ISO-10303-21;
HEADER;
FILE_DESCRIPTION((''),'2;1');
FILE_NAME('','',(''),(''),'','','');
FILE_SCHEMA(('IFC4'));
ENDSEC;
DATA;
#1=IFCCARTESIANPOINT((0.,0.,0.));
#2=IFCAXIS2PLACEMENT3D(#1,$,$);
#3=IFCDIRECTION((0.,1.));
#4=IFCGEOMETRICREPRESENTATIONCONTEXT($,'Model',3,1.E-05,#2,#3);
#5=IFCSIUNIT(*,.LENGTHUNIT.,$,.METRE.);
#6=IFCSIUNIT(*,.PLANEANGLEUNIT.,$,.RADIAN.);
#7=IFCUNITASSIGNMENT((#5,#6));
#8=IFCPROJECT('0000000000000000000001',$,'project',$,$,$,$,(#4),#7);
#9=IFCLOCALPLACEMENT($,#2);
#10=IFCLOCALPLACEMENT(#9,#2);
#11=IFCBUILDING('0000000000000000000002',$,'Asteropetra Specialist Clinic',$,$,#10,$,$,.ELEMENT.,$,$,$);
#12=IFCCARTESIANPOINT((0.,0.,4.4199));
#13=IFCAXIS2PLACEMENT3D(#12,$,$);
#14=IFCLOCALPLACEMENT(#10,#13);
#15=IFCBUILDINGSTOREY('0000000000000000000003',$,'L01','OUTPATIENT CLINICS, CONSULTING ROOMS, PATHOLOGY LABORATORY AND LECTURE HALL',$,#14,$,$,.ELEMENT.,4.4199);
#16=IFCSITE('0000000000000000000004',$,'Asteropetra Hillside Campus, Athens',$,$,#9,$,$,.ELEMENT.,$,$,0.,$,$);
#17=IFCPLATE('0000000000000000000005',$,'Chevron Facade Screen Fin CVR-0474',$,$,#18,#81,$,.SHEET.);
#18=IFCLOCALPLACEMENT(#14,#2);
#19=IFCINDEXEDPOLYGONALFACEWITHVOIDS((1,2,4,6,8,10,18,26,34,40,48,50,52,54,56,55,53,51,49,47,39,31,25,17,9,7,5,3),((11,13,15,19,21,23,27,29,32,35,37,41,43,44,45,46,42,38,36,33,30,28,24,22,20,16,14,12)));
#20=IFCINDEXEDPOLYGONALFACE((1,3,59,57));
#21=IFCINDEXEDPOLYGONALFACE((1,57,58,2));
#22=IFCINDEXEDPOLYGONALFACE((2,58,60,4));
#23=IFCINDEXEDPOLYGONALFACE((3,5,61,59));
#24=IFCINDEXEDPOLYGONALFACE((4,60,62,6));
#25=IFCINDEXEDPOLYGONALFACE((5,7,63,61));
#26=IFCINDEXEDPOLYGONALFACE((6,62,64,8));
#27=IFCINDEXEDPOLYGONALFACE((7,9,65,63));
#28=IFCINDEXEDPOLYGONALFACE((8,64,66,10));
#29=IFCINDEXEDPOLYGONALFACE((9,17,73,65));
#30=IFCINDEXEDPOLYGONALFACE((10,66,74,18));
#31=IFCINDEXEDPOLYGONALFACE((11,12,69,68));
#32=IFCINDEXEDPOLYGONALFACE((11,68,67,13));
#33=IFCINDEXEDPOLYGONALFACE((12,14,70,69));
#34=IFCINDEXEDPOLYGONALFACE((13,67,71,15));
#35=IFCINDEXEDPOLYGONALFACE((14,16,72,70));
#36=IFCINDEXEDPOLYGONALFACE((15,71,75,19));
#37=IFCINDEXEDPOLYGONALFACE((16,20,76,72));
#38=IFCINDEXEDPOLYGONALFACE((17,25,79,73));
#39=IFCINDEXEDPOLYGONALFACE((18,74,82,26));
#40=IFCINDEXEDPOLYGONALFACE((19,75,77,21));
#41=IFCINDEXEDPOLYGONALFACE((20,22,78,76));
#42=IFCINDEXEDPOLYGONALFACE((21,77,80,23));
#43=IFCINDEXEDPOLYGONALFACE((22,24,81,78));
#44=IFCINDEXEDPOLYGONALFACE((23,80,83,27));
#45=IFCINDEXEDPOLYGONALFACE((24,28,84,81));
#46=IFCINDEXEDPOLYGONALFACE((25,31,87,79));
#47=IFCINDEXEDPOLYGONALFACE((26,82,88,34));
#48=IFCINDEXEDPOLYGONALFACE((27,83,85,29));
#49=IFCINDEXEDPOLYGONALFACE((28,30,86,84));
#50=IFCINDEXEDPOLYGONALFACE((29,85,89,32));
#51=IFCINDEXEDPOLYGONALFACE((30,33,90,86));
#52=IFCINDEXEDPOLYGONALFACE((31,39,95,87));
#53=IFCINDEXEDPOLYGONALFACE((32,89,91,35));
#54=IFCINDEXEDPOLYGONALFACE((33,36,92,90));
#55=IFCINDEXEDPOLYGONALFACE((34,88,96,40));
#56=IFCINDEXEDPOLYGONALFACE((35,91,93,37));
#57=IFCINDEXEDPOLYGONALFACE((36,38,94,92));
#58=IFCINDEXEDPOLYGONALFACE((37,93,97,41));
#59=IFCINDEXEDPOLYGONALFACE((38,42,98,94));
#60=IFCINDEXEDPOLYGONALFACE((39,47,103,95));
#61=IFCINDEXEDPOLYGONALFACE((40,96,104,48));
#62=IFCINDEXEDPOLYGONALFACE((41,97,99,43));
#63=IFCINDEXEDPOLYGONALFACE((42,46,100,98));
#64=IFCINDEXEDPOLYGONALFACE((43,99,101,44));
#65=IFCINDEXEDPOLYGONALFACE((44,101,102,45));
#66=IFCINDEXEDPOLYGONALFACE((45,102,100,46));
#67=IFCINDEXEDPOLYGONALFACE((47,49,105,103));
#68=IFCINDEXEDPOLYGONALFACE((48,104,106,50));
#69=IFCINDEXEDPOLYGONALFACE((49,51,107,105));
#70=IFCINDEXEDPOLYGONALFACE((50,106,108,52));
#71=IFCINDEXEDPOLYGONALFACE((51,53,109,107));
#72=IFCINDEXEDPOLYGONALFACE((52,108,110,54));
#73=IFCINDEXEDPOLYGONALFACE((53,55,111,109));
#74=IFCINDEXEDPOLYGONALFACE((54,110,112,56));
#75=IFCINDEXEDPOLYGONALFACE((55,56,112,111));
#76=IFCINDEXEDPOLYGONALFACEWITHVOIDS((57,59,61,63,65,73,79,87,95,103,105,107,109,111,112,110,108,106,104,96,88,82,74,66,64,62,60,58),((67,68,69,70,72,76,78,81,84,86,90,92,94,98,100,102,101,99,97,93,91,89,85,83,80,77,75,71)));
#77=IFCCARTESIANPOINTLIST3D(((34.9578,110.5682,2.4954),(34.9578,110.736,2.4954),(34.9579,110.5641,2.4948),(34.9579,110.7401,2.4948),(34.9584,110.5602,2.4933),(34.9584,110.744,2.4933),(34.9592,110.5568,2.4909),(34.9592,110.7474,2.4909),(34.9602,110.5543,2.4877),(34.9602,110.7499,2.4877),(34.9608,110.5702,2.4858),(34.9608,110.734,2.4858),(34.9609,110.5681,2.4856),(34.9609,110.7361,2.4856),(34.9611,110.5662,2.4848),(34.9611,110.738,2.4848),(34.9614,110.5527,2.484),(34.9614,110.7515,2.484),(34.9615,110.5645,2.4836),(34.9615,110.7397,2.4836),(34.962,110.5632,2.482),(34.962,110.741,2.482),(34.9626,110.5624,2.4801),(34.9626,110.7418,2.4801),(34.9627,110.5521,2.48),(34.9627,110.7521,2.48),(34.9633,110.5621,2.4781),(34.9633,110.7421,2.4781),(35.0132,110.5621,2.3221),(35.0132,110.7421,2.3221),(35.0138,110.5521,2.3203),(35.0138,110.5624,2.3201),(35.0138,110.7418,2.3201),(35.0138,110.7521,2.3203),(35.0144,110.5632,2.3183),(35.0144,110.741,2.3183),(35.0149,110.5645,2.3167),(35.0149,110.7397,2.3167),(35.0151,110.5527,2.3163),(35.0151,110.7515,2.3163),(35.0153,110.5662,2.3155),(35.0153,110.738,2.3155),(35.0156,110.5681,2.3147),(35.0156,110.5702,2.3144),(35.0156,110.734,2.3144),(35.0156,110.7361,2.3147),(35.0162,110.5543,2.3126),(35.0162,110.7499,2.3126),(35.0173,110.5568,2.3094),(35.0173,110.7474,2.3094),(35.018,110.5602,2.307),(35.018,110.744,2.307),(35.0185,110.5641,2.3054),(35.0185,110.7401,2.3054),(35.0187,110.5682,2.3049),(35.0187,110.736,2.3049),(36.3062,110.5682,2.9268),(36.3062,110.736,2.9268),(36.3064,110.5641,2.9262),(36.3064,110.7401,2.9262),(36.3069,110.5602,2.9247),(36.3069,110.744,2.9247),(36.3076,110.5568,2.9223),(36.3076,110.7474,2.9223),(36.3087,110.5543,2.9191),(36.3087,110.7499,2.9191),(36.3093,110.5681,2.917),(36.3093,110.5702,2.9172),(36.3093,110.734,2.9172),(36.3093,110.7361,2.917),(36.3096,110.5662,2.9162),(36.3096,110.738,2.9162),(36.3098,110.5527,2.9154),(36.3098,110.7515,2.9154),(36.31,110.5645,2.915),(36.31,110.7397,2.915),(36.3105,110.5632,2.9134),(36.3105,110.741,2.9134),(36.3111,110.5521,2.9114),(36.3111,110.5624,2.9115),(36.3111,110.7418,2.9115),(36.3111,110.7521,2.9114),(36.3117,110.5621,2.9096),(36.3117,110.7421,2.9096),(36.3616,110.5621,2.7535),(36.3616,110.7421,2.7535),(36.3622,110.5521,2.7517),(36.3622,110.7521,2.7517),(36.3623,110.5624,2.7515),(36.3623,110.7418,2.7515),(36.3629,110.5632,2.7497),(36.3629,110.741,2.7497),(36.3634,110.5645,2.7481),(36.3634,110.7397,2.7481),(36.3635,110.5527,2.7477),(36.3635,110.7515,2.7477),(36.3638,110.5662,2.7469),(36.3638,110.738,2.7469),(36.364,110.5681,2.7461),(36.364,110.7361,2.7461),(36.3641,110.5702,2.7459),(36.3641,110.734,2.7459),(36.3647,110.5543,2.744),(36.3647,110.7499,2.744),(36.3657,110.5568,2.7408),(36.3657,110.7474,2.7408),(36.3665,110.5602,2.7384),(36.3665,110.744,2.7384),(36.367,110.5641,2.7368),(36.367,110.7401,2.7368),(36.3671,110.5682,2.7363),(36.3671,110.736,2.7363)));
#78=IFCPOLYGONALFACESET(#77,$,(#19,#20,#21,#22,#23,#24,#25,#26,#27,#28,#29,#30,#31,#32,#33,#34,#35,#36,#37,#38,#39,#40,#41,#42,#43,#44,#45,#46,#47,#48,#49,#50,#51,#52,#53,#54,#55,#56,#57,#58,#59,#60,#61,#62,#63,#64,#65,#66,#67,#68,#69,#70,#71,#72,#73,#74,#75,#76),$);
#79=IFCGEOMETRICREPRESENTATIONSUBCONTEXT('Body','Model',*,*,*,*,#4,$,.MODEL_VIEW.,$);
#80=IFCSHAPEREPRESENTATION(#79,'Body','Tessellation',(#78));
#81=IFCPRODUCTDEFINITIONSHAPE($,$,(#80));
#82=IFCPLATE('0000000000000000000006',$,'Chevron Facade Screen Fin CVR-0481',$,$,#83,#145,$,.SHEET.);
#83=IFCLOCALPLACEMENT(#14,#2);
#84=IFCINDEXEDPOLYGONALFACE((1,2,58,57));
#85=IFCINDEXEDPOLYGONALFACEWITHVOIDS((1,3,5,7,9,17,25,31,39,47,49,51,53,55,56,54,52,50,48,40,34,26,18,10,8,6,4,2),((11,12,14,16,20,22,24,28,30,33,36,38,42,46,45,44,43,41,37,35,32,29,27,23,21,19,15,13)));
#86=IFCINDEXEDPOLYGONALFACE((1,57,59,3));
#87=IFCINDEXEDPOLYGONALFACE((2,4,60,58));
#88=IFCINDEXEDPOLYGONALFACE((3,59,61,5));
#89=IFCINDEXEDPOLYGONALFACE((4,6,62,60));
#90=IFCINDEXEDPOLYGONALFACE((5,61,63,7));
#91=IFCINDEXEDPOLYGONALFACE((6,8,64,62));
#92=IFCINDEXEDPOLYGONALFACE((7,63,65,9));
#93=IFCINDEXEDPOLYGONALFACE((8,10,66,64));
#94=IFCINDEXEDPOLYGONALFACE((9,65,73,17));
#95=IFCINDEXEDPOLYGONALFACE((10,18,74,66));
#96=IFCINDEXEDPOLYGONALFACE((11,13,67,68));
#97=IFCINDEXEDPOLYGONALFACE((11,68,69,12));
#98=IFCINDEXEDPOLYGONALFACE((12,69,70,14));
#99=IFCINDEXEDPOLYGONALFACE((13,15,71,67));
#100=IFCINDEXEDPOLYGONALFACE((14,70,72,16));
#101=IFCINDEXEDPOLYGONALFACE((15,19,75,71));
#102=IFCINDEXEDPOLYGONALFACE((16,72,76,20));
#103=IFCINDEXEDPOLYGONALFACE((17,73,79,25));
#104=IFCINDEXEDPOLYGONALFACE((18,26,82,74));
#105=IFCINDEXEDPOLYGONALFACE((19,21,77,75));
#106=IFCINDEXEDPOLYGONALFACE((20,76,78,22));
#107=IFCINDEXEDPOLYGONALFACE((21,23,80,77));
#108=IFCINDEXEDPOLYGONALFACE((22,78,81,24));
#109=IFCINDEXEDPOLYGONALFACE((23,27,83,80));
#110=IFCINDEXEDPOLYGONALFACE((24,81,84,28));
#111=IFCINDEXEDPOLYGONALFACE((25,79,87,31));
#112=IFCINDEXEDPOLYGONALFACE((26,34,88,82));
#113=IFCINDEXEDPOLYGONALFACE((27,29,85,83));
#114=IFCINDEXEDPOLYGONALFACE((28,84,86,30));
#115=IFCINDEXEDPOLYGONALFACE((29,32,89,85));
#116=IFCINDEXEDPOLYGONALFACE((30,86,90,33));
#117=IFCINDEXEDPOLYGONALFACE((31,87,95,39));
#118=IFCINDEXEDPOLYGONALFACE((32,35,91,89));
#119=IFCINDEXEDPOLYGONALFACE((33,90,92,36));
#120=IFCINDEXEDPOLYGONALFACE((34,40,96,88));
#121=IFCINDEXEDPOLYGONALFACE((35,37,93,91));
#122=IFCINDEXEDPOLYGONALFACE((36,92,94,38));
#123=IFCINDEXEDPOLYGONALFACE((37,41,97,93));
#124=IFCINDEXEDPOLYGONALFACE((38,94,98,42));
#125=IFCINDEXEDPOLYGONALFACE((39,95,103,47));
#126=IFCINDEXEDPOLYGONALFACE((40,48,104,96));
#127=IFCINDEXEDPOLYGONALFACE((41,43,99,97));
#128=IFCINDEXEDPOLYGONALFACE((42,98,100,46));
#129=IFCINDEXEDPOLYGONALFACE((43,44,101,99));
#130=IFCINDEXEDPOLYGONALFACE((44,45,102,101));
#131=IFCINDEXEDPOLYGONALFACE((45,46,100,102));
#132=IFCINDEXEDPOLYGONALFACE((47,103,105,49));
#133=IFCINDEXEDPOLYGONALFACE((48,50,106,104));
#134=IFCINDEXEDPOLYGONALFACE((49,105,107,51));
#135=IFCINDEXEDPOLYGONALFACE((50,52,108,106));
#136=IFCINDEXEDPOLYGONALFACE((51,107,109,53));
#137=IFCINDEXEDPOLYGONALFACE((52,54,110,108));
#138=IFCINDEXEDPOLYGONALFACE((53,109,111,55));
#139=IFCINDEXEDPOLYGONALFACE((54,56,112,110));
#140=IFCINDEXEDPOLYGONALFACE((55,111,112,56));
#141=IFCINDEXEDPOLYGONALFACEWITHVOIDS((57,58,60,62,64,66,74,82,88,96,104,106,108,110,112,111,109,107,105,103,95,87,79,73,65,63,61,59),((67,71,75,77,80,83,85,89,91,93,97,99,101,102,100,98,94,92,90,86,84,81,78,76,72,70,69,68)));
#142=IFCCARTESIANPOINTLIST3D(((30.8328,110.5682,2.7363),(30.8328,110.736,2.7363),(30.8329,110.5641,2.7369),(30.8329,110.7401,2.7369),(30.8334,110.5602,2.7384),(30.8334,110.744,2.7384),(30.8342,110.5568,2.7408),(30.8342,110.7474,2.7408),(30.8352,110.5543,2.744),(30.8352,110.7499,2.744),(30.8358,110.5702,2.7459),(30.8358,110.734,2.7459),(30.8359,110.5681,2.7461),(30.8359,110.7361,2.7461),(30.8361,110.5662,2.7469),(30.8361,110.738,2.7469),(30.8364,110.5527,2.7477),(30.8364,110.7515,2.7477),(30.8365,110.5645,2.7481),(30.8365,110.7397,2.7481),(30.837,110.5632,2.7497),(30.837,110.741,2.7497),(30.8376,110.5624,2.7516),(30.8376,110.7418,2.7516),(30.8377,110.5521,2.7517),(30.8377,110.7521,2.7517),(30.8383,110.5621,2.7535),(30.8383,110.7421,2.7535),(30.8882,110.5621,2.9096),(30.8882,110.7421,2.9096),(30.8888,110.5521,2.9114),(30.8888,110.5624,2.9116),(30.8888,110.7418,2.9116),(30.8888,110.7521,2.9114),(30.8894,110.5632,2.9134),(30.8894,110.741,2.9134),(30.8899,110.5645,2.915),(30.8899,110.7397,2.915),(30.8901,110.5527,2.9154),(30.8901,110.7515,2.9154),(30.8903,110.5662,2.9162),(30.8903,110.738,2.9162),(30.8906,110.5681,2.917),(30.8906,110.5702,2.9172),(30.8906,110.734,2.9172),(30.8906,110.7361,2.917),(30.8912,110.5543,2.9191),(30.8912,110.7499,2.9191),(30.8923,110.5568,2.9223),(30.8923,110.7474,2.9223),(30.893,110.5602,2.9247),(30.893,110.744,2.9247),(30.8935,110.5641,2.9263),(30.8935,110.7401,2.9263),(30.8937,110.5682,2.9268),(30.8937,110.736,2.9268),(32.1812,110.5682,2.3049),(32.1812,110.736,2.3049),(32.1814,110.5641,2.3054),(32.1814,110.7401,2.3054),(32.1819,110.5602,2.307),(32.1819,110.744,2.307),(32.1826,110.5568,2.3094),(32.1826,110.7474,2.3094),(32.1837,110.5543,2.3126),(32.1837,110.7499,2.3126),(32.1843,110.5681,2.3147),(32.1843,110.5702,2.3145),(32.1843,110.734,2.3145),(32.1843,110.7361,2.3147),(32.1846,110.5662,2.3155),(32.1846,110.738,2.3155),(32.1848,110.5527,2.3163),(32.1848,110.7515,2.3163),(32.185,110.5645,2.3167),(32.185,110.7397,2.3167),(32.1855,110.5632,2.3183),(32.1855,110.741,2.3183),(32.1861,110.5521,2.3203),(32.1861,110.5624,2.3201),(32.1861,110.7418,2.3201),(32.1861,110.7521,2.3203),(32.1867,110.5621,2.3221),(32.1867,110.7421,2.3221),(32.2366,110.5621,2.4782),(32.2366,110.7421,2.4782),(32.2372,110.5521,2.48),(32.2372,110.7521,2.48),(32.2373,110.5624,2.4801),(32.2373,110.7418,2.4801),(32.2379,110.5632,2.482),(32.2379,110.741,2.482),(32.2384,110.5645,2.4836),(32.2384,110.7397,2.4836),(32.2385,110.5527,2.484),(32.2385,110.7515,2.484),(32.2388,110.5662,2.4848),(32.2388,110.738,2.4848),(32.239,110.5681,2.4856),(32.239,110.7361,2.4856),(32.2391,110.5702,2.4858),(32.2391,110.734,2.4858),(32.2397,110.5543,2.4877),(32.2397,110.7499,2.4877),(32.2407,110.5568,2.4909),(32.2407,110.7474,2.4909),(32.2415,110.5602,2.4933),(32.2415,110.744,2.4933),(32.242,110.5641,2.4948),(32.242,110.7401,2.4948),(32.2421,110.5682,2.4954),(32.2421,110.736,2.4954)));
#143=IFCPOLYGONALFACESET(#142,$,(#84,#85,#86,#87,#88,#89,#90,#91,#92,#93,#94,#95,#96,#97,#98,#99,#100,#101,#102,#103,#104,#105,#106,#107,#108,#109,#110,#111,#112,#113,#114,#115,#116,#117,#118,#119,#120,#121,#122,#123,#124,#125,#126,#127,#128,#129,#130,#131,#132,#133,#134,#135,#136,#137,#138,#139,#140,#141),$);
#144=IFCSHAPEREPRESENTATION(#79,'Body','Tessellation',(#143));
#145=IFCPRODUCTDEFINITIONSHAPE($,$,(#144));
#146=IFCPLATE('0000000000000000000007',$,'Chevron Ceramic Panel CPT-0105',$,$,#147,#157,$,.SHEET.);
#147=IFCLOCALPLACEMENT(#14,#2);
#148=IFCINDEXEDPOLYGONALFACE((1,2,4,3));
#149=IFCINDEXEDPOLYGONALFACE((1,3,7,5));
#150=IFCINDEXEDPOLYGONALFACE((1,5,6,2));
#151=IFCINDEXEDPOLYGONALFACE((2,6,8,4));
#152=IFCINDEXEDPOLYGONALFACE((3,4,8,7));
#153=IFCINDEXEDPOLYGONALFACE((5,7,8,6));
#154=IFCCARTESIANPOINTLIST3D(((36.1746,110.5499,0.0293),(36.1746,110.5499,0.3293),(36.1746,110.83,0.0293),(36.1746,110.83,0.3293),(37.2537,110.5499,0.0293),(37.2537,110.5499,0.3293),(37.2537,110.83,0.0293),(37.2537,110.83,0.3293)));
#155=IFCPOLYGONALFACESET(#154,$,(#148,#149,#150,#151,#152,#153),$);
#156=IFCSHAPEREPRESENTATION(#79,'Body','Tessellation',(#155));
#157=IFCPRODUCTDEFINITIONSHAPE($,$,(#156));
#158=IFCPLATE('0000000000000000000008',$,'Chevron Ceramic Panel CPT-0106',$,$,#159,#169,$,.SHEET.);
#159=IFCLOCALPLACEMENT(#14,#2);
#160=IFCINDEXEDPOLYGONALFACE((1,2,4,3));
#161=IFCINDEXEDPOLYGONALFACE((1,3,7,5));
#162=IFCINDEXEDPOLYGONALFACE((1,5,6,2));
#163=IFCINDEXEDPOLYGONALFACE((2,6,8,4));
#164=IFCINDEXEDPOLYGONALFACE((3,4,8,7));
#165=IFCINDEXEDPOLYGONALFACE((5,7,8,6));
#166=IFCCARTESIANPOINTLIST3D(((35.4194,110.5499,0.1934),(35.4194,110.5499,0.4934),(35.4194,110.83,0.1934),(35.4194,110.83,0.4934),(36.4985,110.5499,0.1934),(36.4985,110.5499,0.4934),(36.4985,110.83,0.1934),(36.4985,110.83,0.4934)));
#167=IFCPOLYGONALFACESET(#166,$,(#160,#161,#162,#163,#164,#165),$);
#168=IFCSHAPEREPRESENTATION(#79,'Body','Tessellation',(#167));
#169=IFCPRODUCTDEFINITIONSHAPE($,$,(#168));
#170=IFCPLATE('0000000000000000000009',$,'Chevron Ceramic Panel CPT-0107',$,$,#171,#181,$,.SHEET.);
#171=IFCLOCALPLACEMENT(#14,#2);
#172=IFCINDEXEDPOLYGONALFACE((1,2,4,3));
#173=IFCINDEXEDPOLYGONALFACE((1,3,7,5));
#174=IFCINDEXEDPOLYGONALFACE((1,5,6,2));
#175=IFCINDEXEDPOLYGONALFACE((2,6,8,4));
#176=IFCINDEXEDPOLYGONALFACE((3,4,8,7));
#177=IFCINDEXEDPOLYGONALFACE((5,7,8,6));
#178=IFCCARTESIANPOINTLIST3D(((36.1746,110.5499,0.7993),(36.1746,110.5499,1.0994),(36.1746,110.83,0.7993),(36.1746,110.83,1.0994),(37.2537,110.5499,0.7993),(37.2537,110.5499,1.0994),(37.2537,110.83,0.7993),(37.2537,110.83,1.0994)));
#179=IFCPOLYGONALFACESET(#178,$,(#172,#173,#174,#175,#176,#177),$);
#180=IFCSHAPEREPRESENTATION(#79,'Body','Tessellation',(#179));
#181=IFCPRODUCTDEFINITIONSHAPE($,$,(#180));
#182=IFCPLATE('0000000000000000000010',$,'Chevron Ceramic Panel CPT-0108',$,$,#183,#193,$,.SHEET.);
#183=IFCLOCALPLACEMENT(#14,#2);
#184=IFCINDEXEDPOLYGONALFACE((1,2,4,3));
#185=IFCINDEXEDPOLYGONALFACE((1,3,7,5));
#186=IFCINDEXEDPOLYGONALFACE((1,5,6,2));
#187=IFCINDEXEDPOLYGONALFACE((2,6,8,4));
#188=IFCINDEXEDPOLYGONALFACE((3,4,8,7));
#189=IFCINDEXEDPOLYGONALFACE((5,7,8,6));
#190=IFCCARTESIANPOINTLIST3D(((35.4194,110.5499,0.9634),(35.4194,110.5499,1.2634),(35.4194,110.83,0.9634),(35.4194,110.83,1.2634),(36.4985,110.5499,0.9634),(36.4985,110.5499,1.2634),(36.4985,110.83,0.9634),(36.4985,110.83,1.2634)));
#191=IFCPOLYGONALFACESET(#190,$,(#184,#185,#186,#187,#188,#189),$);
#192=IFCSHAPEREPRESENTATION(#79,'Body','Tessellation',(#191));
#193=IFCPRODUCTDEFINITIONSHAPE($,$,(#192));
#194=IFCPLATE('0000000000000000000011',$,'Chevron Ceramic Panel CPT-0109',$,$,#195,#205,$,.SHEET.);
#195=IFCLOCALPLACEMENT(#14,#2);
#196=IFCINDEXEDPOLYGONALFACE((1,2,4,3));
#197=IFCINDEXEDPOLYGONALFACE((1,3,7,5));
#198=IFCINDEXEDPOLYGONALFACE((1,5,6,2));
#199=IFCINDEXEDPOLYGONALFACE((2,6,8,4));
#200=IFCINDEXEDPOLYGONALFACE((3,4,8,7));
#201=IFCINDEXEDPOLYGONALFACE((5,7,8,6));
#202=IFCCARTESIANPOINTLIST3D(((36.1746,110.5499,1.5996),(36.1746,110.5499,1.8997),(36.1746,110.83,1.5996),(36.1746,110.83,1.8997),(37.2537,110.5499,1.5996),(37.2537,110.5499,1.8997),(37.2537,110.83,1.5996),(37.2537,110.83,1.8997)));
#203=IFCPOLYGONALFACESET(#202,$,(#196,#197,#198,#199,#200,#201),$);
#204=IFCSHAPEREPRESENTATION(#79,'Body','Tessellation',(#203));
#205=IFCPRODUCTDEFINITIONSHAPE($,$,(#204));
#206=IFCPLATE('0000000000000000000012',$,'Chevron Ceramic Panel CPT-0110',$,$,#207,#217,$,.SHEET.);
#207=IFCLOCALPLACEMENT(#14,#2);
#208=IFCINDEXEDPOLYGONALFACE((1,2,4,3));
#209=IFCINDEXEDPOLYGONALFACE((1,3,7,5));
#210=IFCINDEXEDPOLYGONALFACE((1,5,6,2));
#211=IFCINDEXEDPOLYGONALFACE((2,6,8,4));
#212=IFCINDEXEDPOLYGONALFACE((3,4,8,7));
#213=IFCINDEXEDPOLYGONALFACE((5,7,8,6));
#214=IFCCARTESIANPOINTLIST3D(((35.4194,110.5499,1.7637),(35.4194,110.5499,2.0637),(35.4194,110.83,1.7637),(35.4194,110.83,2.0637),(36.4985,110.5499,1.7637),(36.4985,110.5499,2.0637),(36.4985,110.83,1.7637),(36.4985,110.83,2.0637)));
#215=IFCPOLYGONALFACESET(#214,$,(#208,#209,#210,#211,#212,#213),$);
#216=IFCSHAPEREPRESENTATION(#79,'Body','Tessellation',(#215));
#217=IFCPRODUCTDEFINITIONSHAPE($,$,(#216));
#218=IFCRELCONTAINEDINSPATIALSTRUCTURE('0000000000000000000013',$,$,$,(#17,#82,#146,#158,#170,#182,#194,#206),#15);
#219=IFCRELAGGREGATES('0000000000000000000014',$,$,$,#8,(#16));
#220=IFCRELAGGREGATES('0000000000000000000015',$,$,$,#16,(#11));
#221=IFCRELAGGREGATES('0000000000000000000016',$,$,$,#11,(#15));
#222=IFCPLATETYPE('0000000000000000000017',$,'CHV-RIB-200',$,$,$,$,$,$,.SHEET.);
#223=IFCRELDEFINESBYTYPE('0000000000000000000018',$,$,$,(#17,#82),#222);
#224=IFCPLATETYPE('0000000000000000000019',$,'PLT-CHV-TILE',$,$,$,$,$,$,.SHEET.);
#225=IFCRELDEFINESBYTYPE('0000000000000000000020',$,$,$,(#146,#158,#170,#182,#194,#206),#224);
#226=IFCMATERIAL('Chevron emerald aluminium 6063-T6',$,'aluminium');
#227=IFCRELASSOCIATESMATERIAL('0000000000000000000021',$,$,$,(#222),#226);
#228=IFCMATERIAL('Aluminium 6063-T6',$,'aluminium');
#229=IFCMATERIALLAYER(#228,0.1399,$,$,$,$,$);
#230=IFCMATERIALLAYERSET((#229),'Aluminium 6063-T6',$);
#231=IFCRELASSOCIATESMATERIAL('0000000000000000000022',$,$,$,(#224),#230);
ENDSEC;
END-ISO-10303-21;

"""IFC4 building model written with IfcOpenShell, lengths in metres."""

from ifc_helpers import new_model, si_unit, direction, frame, origin, origin_2d, place, context, subcontext, project, spatial, rectangle, hollow_rectangle, extrude, material, layer, layer_set, material_profile, profile_set, type_object, element, save


model = new_model("IFC4")

# Units and contexts
model_context = context("Model", 3, precision=1e-05, world=origin(), true_north=direction((0.0, 1.0)))
body_context = subcontext(model_context, "Body", "Model", "MODEL_VIEW")
ifc_project = project(units=[si_unit("LENGTHUNIT", "METRE"), si_unit("PLANEANGLEUNIT", "RADIAN")], contexts=[model_context])

# Site, building, storey
site_placement = place(None, origin())
site = spatial("IfcSite", under=ifc_project, at=site_placement, Name="Asteropetra Hillside Campus, Athens", CompositionType="ELEMENT", RefElevation=0.0)
building_placement = place(site_placement, origin())
building = spatial("IfcBuilding", under=site, at=building_placement, Name="Asteropetra Specialist Clinic", CompositionType="ELEMENT")
storey_placement = place(building_placement, frame((0.0, 0.0, 4.4199)))
storey = spatial("IfcBuildingStorey", under=building, at=storey_placement, Name="L01", Description="OUTPATIENT CLINICS, CONSULTING ROOMS, PATHOLOGY LABORATORY AND LECTURE HALL", CompositionType="ELEMENT", Elevation=4.4199)

# Plates
ifc_material_1 = material(Name="Chevron emerald aluminium 6063-T6", Category="aluminium")
ifc_material_profile = material_profile(ifc_material_1, hollow_rectangle(XDim=0.2, YDim=0.2, WallThickness=0.01, InnerFilletRadius=0.0081, OuterFilletRadius=0.0161, at=origin_2d()), Name="SHS 200x200x10.0")
ifc_profile_set = profile_set([ifc_material_profile], Name="Chevron emerald aluminium 6063-T6")
plate_type_1 = type_object("IfcPlateType", Name="CHV-RIB-200", PredefinedType="SHEET", material=ifc_profile_set)
for number, where, z_axis, x_axis, name in (
    (1, (36.3367, 110.6521, 2.8315), (-0.952442, 0.0, -0.304719), (0.0, -1.0, 0.0), "Chevron Facade Screen Fin CVR-0474"),
    (2, (32.2117, 110.6521, 2.4001), (-0.952442, 0.0, 0.304719), (0.0, -1.0, 0.0), "Chevron Facade Screen Fin CVR-0481"),
):
    element("IfcPlate", number, at=place(storey_placement, frame(where, z_axis=z_axis, x_axis=x_axis)), inside=storey, type_object=plate_type_1, Name=name, PredefinedType="SHEET", context=body_context, shape_type="SweptSolid", body=[
        extrude(hollow_rectangle(XDim=0.2, YDim=0.2, WallThickness=0.01, InnerFilletRadius=0.0081, OuterFilletRadius=0.0161, at=origin_2d()), origin(), (0.0, 0.0, 1.0), 1.4158),
    ])
ifc_material_2 = material(Name="Aluminium 6063-T6", Category="aluminium")
ifc_layer_1 = layer(ifc_material_2, 0.1399)
ifc_layer_set_1 = layer_set([ifc_layer_1], Name="Aluminium 6063-T6")
plate_type_2 = type_object("IfcPlateType", Name="PLT-CHV-TILE", PredefinedType="SHEET", material=ifc_layer_set_1)
for number, where, z_axis, x_axis, name in (
    (3, (36.7141, 110.6899, 0.0293), (0.0, 0.0, 1.0), (1.0, 0.0, 0.0), "Chevron Ceramic Panel CPT-0105"),
    (4, (35.959, 110.6899, 0.1934), (0.0, 0.0, 1.0), (1.0, 0.0, 0.0), "Chevron Ceramic Panel CPT-0106"),
    (5, (36.7141, 110.6899, 0.7993), (0.0, 0.0, 1.0), (1.0, 0.0, 0.0), "Chevron Ceramic Panel CPT-0107"),
    (6, (35.959, 110.6899, 0.9634), (0.0, 0.0, 1.0), (1.0, 0.0, 0.0), "Chevron Ceramic Panel CPT-0108"),
    (7, (36.7141, 110.6899, 1.5996), (0.0, 0.0, 1.0), (1.0, 0.0, 0.0), "Chevron Ceramic Panel CPT-0109"),
    (8, (35.959, 110.6899, 1.7637), (0.0, 0.0, 1.0), (1.0, 0.0, 0.0), "Chevron Ceramic Panel CPT-0110"),
):
    element("IfcPlate", number, at=place(storey_placement, frame(where, z_axis=z_axis, x_axis=x_axis)), inside=storey, type_object=plate_type_2, Name=name, PredefinedType="SHEET", context=body_context, shape_type="SweptSolid", body=[
        extrude(rectangle(XDim=1.0791, YDim=0.28, at=origin_2d()), origin(), (0.0, 0.0, 1.0), 0.3),
    ])

save(model, "model.ifc")
